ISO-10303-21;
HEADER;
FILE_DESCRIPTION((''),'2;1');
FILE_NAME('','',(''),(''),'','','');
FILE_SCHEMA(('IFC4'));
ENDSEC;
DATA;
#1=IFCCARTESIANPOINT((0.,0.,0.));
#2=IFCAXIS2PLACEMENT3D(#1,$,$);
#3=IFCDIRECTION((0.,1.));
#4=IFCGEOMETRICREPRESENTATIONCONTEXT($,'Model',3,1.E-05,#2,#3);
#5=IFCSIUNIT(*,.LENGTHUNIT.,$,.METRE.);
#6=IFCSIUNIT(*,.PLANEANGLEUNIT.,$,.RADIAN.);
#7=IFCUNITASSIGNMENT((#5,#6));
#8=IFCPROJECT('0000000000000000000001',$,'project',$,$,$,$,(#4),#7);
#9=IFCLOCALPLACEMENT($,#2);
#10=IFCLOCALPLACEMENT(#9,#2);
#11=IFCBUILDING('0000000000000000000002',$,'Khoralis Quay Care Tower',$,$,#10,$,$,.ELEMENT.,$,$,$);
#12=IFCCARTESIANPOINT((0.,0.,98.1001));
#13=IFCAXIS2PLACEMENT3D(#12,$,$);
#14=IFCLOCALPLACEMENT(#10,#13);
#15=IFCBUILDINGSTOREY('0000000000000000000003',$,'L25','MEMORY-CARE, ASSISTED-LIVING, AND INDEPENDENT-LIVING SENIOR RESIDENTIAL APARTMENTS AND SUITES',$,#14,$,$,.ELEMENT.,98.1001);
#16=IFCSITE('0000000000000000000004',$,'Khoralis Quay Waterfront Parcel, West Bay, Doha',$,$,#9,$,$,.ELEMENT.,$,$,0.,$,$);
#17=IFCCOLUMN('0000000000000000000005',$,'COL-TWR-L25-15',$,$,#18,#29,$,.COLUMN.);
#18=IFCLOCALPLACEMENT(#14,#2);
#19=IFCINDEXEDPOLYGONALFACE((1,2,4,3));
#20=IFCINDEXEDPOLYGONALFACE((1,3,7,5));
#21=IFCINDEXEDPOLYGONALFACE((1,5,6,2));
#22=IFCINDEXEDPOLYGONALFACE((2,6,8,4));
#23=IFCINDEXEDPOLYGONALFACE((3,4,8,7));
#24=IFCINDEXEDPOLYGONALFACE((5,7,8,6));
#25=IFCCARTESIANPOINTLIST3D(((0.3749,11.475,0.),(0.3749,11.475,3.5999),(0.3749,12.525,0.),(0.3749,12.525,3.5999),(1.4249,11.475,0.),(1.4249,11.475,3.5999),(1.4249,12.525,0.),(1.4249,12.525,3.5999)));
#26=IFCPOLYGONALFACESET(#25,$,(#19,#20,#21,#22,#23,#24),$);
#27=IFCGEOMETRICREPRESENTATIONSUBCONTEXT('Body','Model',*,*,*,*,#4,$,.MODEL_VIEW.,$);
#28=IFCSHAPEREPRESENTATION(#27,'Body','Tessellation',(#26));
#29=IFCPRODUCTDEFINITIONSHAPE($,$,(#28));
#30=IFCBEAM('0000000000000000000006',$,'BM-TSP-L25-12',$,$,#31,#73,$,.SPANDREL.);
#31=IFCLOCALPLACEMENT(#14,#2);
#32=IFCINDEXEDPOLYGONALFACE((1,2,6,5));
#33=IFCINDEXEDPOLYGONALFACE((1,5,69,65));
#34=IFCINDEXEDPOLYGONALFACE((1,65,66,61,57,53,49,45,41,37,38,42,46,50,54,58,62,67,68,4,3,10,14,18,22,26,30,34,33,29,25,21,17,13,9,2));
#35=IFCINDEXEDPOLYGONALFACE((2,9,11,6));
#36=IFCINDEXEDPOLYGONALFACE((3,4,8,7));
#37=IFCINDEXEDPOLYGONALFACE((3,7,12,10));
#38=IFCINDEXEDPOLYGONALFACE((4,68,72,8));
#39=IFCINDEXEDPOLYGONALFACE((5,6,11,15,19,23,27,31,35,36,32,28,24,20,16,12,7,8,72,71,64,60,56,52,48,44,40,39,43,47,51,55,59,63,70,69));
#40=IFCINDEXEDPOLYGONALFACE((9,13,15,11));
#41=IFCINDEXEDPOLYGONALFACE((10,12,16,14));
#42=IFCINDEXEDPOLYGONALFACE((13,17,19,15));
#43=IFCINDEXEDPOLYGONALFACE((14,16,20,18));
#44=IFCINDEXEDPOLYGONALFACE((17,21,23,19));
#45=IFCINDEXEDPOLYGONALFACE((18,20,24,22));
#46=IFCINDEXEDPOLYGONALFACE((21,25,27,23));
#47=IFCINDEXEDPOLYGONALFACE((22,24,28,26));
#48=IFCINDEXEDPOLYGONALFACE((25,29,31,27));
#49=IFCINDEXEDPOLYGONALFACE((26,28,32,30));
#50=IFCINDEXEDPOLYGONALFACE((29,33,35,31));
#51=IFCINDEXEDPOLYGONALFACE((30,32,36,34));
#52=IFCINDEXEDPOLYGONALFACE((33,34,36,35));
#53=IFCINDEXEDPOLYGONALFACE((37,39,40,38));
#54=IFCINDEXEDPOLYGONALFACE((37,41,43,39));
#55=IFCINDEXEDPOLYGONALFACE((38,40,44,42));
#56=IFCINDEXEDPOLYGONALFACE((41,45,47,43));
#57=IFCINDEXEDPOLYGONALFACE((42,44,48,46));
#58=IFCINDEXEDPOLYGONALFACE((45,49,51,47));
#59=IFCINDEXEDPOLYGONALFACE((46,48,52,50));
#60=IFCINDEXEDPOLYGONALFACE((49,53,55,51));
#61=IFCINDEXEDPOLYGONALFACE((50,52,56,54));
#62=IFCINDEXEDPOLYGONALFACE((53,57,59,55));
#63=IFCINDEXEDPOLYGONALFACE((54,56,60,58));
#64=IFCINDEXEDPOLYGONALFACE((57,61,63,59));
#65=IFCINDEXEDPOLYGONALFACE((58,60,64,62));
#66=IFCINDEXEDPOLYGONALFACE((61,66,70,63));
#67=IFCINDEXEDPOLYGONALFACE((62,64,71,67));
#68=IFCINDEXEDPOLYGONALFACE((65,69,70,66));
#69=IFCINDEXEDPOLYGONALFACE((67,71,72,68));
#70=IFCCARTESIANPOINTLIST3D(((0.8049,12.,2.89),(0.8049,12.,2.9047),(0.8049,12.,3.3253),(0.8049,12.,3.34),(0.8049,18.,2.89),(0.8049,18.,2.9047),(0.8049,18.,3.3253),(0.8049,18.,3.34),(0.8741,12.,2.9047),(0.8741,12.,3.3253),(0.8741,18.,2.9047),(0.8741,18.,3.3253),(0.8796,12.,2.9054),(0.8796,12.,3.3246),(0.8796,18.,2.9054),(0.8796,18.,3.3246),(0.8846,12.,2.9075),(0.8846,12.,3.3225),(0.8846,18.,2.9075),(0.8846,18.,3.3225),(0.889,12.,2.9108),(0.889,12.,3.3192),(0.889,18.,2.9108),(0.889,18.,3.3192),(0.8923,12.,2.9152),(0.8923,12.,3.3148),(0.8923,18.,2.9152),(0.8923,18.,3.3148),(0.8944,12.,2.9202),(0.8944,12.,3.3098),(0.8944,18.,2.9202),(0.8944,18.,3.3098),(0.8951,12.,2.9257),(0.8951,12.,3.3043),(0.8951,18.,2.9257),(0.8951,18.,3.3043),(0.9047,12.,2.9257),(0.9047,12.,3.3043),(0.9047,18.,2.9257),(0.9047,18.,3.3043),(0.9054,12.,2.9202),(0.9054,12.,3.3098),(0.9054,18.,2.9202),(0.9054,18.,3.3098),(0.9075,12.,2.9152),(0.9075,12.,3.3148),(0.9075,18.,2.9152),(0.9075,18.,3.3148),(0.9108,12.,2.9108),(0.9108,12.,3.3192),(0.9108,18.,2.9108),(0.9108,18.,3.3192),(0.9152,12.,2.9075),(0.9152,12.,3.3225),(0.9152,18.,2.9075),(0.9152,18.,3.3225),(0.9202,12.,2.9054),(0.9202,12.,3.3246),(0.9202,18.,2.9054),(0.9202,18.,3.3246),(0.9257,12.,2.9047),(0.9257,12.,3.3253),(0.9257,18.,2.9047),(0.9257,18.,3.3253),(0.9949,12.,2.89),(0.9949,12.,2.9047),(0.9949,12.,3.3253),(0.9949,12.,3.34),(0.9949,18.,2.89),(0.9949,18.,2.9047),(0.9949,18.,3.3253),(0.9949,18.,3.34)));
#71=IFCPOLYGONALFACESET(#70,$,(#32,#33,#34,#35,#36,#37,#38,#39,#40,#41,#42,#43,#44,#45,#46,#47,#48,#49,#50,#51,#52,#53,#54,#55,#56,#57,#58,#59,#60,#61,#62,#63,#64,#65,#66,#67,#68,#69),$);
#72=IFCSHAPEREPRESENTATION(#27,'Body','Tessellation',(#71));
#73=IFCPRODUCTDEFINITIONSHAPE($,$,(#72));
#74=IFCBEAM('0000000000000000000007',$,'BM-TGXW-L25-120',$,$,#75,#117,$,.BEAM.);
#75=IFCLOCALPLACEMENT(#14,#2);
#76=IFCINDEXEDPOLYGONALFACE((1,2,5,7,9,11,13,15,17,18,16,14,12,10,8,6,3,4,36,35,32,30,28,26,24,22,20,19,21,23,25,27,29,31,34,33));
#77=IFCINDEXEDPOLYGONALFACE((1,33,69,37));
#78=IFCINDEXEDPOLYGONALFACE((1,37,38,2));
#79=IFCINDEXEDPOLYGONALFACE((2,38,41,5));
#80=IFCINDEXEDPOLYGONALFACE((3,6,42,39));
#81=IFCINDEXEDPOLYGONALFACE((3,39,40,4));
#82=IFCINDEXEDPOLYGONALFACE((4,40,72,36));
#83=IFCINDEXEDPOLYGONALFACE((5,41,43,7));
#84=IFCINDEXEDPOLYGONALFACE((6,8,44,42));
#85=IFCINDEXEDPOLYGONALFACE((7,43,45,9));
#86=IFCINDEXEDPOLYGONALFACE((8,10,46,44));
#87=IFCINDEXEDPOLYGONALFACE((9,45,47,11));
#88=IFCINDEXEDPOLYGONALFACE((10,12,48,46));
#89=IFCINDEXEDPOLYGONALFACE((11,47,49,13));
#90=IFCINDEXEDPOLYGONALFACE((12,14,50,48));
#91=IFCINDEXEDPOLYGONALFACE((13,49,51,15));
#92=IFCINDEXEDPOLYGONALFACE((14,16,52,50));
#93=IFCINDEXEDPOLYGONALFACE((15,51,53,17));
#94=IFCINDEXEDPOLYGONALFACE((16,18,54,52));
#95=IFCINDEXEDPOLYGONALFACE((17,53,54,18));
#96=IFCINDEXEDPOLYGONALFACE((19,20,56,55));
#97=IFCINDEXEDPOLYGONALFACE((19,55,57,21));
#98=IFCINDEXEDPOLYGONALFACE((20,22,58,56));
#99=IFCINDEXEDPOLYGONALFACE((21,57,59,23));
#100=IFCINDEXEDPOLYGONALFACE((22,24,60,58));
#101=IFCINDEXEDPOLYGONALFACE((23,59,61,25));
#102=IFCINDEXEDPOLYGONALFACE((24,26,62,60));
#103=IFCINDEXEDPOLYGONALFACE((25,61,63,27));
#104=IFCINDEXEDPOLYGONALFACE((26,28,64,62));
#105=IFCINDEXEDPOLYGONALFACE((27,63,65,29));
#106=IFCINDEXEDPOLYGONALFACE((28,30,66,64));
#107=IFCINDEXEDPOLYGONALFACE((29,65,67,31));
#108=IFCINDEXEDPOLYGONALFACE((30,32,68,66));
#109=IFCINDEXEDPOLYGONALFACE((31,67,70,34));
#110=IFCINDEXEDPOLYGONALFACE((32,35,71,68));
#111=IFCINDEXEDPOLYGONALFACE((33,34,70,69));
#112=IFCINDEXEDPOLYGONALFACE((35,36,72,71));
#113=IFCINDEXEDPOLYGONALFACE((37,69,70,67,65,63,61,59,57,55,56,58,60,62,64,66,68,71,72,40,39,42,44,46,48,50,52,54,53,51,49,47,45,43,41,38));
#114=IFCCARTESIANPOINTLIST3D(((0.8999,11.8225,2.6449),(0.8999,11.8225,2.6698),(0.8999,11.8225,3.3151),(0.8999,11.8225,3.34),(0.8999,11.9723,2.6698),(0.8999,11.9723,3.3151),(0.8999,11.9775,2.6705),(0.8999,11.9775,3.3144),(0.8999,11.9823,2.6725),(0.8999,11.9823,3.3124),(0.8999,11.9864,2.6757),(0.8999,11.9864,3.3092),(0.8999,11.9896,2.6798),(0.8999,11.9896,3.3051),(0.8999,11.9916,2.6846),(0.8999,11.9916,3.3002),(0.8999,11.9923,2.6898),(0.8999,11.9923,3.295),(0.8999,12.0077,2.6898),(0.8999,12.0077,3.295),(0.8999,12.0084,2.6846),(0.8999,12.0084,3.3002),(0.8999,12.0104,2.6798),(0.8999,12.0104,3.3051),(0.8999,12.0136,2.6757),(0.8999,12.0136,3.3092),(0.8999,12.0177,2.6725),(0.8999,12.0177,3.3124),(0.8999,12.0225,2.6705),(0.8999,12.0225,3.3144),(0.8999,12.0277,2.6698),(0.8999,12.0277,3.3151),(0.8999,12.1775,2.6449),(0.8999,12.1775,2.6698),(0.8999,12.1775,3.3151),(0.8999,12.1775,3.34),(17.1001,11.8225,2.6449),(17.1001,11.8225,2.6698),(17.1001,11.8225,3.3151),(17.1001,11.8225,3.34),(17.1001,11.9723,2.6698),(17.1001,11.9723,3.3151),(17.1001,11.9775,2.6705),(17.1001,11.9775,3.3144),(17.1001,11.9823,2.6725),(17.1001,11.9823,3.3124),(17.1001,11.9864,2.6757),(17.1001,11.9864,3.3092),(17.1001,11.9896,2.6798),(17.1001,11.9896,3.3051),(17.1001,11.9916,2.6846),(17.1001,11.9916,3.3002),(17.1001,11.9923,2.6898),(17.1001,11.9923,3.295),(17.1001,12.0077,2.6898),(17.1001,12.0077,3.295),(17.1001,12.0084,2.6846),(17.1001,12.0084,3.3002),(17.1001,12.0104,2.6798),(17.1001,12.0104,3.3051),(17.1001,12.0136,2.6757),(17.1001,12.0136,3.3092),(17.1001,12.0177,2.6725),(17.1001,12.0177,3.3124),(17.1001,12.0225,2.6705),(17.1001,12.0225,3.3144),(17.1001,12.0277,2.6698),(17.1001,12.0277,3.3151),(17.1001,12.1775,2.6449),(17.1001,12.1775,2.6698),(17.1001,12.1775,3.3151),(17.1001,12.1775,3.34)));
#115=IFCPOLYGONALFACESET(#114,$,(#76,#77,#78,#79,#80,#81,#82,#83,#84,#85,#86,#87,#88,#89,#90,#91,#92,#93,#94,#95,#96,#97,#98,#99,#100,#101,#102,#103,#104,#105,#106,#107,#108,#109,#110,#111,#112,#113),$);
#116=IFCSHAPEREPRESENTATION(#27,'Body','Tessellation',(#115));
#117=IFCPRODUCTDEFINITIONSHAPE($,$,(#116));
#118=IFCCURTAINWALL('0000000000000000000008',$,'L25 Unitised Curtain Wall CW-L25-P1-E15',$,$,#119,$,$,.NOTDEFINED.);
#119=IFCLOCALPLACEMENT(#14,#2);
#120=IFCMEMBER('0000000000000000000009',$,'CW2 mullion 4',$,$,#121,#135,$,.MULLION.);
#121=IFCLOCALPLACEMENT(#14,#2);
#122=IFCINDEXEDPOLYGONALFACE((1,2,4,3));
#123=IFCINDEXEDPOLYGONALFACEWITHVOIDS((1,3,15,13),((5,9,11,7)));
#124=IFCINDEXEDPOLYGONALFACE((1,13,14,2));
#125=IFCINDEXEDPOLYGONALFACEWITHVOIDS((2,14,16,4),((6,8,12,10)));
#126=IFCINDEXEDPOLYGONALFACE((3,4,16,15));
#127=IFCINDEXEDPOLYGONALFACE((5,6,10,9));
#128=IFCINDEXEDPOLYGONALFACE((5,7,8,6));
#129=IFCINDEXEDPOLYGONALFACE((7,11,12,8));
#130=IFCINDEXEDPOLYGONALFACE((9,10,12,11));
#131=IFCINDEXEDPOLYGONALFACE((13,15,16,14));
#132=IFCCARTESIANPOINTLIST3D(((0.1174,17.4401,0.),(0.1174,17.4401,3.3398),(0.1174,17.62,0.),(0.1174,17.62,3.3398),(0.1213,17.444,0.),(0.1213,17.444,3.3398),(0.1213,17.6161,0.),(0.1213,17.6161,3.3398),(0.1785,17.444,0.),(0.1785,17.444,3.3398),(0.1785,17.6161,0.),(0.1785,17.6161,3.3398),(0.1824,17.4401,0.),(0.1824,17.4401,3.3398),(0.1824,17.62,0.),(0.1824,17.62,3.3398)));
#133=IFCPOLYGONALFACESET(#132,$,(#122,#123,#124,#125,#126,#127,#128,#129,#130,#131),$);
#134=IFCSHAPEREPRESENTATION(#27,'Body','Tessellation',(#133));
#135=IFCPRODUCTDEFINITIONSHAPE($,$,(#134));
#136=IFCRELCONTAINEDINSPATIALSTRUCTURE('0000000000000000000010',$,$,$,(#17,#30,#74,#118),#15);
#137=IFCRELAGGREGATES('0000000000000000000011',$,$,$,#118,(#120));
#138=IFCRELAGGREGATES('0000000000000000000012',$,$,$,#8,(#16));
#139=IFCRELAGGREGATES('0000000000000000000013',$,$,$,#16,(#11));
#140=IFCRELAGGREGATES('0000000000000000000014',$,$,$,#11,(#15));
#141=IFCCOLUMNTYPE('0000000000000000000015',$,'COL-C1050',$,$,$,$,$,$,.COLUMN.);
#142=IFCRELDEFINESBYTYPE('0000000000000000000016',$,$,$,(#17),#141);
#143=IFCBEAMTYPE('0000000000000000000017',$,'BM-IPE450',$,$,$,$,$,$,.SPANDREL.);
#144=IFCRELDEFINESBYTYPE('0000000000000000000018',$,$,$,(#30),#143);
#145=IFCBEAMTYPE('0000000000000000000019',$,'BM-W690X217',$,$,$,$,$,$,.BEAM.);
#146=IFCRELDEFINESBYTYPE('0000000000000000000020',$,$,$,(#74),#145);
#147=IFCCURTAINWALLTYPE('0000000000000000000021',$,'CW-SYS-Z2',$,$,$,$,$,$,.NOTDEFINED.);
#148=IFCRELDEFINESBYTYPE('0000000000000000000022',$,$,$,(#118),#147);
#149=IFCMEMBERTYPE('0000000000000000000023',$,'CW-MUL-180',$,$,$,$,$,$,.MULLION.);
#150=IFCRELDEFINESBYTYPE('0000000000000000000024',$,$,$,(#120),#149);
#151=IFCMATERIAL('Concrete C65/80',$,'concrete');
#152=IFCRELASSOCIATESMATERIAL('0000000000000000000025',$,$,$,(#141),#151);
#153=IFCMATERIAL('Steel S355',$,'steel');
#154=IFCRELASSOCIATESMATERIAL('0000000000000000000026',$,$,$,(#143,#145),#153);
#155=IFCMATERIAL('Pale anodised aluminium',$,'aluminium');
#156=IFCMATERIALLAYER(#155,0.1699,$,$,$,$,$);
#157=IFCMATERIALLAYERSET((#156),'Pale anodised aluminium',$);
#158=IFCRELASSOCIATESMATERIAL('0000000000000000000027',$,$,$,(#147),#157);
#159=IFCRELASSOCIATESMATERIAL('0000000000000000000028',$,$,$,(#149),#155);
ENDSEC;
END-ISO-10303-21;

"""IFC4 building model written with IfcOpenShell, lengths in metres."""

from ifc_helpers import new_model, si_unit, direction, frame, origin, origin_2d, place, context, subcontext, project, spatial, rectangle, hollow_rectangle, i_section, extrude, source, transform, mapped, material, layer, layer_set, material_profile, profile_set, type_object, element, aggregate, save


model = new_model("IFC4")

# Units and contexts
model_context = context("Model", 3, precision=1e-05, world=origin(), true_north=direction((0.0, 1.0)))
body_context = subcontext(model_context, "Body", "Model", "MODEL_VIEW")
ifc_project = project(units=[si_unit("LENGTHUNIT", "METRE"), si_unit("PLANEANGLEUNIT", "RADIAN")], contexts=[model_context])

# Site, building, storey
site_placement = place(None, origin())
site = spatial("IfcSite", under=ifc_project, at=site_placement, Name="Khoralis Quay Waterfront Parcel, West Bay, Doha", CompositionType="ELEMENT", RefElevation=0.0)
building_placement = place(site_placement, origin())
building = spatial("IfcBuilding", under=site, at=building_placement, Name="Khoralis Quay Care Tower", CompositionType="ELEMENT")
storey_placement = place(building_placement, frame((0.0, 0.0, 98.1001)))
storey = spatial("IfcBuildingStorey", under=building, at=storey_placement, Name="L25", Description="MEMORY-CARE, ASSISTED-LIVING, AND INDEPENDENT-LIVING SENIOR RESIDENTIAL APARTMENTS AND SUITES", CompositionType="ELEMENT", Elevation=98.1001)

# Column
ifc_material_1 = material(Name="Concrete C65/80", Category="concrete")
ifc_material_profile_1 = material_profile(ifc_material_1, rectangle(XDim=1.05, YDim=1.05, at=origin_2d()), Name="Concrete C65/80")
ifc_profile_set_1 = profile_set([ifc_material_profile_1], Name="Concrete C65/80")
column_type = type_object("IfcColumnType", Name="COL-C1050", PredefinedType="COLUMN", material=ifc_profile_set_1)
shared_shape_1 = source(origin(), body_context, "Body", "SweptSolid", [
    extrude(rectangle(XDim=1.05, YDim=1.05, at=origin_2d()), origin(), (0.0, 0.0, 1.0), 3.5999),
])
column_placement = place(storey_placement, frame((0.8999, 12.0, 0.0), z_axis=(0.0, 0.0, 1.0), x_axis=(1.0, 0.0, 0.0)))
element("IfcColumn", 1, at=column_placement, inside=storey, type_object=column_type, Name="COL-TWR-L25-15", PredefinedType="COLUMN", context=body_context, shape_type="MappedRepresentation", body=[
    mapped(shared_shape_1, transform((0.0, 0.0, 0.0), scale=1.0)),
])

# Beams
ifc_material_2 = material(Name="Steel S355", Category="steel")
ifc_material_profile_2 = material_profile(ifc_material_2, i_section(OverallWidth=0.1899, OverallDepth=0.45, WebThickness=0.0095, FlangeThickness=0.0146, FilletRadius=0.021, at=origin_2d()), Name="Steel S355")
ifc_profile_set_2 = profile_set([ifc_material_profile_2], Name="Steel S355")
beam_type_1 = type_object("IfcBeamType", Name="BM-IPE450", PredefinedType="SPANDREL", material=ifc_profile_set_2)
shared_shape_2 = source(origin(), body_context, "Body", "SweptSolid", [
    extrude(i_section(OverallWidth=0.1899, OverallDepth=0.45, WebThickness=0.0095, FlangeThickness=0.0146, FilletRadius=0.021, at=origin_2d()), origin(), (0.0, 0.0, 1.0), 6.0),
])
beam_1_placement = place(storey_placement, frame((0.8999, 12.0, 3.115), z_axis=(0.0, 1.0, 0.0), x_axis=(-1.0, 0.0, 0.0)))
element("IfcBeam", 2, at=beam_1_placement, inside=storey, type_object=beam_type_1, Name="BM-TSP-L25-12", PredefinedType="SPANDREL", context=body_context, shape_type="MappedRepresentation", body=[
    mapped(shared_shape_2, transform((0.0, 0.0, 0.0), scale=1.0)),
])
ifc_material_profile_3 = material_profile(ifc_material_2, i_section(OverallWidth=0.355, OverallDepth=0.6951, WebThickness=0.0154, FlangeThickness=0.0249, FilletRadius=0.02, at=origin_2d()), Name="Steel S355")
ifc_profile_set_3 = profile_set([ifc_material_profile_3], Name="Steel S355")
beam_type_2 = type_object("IfcBeamType", Name="BM-W690X217", PredefinedType="BEAM", material=ifc_profile_set_3)
shared_shape_3 = source(origin(), body_context, "Body", "SweptSolid", [
    extrude(i_section(OverallWidth=0.355, OverallDepth=0.6951, WebThickness=0.0154, FlangeThickness=0.0249, FilletRadius=0.02, at=origin_2d()), origin(), (0.0, 0.0, 1.0), 16.2002),
])
beam_2_placement = place(storey_placement, frame((0.8999, 12.0, 2.9924), z_axis=(1.0, 0.0, 0.0), x_axis=(0.0, 1.0, 0.0)))
element("IfcBeam", 3, at=beam_2_placement, inside=storey, type_object=beam_type_2, Name="BM-TGXW-L25-120", PredefinedType="BEAM", context=body_context, shape_type="MappedRepresentation", body=[
    mapped(shared_shape_3, transform((0.0, 0.0, 0.0), scale=1.0)),
])

# Curtain wall, member
ifc_material_3 = material(Name="Pale anodised aluminium", Category="aluminium")
ifc_layer_1 = layer(ifc_material_3, 0.1699)
ifc_layer_set_1 = layer_set([ifc_layer_1], Name="Pale anodised aluminium")
curtain_wall_type = type_object("IfcCurtainWallType", Name="CW-SYS-Z2", PredefinedType="NOTDEFINED", material=ifc_layer_set_1)
curtain_wall_placement = place(storey_placement, origin())
curtain_wall = element("IfcCurtainWall", 4, at=curtain_wall_placement, inside=storey, type_object=curtain_wall_type, Name="L25 Unitised Curtain Wall CW-L25-P1-E15", PredefinedType="NOTDEFINED")
ifc_material_profile_4 = material_profile(ifc_material_3, hollow_rectangle(XDim=0.0649, YDim=0.1799, WallThickness=0.0039, at=origin_2d()), Name="Pale anodised aluminium")
ifc_profile_set_4 = profile_set([ifc_material_profile_4], Name="Pale anodised aluminium")
member_type = type_object("IfcMemberType", Name="CW-MUL-180", PredefinedType="MULLION", material=ifc_profile_set_4)
shared_shape_4 = source(origin(), body_context, "Body", "SweptSolid", [
    extrude(hollow_rectangle(XDim=0.0649, YDim=0.1799, WallThickness=0.0039, at=origin_2d()), origin(), (0.0, 0.0, 1.0), 3.3398),
])
member_placement = place(storey_placement, frame((0.1499, 17.53, 0.0), z_axis=(0.0, 0.0, 1.0), x_axis=(1.0, 0.0, 0.0)))
member = element("IfcMember", 5, at=member_placement, type_object=member_type, Name="CW2 mullion 4", PredefinedType="MULLION", context=body_context, shape_type="MappedRepresentation", body=[
    mapped(shared_shape_4, transform((0.0, 0.0, 0.0), scale=1.0)),
])
aggregate(curtain_wall, [member])

save(model, "model.ifc")
